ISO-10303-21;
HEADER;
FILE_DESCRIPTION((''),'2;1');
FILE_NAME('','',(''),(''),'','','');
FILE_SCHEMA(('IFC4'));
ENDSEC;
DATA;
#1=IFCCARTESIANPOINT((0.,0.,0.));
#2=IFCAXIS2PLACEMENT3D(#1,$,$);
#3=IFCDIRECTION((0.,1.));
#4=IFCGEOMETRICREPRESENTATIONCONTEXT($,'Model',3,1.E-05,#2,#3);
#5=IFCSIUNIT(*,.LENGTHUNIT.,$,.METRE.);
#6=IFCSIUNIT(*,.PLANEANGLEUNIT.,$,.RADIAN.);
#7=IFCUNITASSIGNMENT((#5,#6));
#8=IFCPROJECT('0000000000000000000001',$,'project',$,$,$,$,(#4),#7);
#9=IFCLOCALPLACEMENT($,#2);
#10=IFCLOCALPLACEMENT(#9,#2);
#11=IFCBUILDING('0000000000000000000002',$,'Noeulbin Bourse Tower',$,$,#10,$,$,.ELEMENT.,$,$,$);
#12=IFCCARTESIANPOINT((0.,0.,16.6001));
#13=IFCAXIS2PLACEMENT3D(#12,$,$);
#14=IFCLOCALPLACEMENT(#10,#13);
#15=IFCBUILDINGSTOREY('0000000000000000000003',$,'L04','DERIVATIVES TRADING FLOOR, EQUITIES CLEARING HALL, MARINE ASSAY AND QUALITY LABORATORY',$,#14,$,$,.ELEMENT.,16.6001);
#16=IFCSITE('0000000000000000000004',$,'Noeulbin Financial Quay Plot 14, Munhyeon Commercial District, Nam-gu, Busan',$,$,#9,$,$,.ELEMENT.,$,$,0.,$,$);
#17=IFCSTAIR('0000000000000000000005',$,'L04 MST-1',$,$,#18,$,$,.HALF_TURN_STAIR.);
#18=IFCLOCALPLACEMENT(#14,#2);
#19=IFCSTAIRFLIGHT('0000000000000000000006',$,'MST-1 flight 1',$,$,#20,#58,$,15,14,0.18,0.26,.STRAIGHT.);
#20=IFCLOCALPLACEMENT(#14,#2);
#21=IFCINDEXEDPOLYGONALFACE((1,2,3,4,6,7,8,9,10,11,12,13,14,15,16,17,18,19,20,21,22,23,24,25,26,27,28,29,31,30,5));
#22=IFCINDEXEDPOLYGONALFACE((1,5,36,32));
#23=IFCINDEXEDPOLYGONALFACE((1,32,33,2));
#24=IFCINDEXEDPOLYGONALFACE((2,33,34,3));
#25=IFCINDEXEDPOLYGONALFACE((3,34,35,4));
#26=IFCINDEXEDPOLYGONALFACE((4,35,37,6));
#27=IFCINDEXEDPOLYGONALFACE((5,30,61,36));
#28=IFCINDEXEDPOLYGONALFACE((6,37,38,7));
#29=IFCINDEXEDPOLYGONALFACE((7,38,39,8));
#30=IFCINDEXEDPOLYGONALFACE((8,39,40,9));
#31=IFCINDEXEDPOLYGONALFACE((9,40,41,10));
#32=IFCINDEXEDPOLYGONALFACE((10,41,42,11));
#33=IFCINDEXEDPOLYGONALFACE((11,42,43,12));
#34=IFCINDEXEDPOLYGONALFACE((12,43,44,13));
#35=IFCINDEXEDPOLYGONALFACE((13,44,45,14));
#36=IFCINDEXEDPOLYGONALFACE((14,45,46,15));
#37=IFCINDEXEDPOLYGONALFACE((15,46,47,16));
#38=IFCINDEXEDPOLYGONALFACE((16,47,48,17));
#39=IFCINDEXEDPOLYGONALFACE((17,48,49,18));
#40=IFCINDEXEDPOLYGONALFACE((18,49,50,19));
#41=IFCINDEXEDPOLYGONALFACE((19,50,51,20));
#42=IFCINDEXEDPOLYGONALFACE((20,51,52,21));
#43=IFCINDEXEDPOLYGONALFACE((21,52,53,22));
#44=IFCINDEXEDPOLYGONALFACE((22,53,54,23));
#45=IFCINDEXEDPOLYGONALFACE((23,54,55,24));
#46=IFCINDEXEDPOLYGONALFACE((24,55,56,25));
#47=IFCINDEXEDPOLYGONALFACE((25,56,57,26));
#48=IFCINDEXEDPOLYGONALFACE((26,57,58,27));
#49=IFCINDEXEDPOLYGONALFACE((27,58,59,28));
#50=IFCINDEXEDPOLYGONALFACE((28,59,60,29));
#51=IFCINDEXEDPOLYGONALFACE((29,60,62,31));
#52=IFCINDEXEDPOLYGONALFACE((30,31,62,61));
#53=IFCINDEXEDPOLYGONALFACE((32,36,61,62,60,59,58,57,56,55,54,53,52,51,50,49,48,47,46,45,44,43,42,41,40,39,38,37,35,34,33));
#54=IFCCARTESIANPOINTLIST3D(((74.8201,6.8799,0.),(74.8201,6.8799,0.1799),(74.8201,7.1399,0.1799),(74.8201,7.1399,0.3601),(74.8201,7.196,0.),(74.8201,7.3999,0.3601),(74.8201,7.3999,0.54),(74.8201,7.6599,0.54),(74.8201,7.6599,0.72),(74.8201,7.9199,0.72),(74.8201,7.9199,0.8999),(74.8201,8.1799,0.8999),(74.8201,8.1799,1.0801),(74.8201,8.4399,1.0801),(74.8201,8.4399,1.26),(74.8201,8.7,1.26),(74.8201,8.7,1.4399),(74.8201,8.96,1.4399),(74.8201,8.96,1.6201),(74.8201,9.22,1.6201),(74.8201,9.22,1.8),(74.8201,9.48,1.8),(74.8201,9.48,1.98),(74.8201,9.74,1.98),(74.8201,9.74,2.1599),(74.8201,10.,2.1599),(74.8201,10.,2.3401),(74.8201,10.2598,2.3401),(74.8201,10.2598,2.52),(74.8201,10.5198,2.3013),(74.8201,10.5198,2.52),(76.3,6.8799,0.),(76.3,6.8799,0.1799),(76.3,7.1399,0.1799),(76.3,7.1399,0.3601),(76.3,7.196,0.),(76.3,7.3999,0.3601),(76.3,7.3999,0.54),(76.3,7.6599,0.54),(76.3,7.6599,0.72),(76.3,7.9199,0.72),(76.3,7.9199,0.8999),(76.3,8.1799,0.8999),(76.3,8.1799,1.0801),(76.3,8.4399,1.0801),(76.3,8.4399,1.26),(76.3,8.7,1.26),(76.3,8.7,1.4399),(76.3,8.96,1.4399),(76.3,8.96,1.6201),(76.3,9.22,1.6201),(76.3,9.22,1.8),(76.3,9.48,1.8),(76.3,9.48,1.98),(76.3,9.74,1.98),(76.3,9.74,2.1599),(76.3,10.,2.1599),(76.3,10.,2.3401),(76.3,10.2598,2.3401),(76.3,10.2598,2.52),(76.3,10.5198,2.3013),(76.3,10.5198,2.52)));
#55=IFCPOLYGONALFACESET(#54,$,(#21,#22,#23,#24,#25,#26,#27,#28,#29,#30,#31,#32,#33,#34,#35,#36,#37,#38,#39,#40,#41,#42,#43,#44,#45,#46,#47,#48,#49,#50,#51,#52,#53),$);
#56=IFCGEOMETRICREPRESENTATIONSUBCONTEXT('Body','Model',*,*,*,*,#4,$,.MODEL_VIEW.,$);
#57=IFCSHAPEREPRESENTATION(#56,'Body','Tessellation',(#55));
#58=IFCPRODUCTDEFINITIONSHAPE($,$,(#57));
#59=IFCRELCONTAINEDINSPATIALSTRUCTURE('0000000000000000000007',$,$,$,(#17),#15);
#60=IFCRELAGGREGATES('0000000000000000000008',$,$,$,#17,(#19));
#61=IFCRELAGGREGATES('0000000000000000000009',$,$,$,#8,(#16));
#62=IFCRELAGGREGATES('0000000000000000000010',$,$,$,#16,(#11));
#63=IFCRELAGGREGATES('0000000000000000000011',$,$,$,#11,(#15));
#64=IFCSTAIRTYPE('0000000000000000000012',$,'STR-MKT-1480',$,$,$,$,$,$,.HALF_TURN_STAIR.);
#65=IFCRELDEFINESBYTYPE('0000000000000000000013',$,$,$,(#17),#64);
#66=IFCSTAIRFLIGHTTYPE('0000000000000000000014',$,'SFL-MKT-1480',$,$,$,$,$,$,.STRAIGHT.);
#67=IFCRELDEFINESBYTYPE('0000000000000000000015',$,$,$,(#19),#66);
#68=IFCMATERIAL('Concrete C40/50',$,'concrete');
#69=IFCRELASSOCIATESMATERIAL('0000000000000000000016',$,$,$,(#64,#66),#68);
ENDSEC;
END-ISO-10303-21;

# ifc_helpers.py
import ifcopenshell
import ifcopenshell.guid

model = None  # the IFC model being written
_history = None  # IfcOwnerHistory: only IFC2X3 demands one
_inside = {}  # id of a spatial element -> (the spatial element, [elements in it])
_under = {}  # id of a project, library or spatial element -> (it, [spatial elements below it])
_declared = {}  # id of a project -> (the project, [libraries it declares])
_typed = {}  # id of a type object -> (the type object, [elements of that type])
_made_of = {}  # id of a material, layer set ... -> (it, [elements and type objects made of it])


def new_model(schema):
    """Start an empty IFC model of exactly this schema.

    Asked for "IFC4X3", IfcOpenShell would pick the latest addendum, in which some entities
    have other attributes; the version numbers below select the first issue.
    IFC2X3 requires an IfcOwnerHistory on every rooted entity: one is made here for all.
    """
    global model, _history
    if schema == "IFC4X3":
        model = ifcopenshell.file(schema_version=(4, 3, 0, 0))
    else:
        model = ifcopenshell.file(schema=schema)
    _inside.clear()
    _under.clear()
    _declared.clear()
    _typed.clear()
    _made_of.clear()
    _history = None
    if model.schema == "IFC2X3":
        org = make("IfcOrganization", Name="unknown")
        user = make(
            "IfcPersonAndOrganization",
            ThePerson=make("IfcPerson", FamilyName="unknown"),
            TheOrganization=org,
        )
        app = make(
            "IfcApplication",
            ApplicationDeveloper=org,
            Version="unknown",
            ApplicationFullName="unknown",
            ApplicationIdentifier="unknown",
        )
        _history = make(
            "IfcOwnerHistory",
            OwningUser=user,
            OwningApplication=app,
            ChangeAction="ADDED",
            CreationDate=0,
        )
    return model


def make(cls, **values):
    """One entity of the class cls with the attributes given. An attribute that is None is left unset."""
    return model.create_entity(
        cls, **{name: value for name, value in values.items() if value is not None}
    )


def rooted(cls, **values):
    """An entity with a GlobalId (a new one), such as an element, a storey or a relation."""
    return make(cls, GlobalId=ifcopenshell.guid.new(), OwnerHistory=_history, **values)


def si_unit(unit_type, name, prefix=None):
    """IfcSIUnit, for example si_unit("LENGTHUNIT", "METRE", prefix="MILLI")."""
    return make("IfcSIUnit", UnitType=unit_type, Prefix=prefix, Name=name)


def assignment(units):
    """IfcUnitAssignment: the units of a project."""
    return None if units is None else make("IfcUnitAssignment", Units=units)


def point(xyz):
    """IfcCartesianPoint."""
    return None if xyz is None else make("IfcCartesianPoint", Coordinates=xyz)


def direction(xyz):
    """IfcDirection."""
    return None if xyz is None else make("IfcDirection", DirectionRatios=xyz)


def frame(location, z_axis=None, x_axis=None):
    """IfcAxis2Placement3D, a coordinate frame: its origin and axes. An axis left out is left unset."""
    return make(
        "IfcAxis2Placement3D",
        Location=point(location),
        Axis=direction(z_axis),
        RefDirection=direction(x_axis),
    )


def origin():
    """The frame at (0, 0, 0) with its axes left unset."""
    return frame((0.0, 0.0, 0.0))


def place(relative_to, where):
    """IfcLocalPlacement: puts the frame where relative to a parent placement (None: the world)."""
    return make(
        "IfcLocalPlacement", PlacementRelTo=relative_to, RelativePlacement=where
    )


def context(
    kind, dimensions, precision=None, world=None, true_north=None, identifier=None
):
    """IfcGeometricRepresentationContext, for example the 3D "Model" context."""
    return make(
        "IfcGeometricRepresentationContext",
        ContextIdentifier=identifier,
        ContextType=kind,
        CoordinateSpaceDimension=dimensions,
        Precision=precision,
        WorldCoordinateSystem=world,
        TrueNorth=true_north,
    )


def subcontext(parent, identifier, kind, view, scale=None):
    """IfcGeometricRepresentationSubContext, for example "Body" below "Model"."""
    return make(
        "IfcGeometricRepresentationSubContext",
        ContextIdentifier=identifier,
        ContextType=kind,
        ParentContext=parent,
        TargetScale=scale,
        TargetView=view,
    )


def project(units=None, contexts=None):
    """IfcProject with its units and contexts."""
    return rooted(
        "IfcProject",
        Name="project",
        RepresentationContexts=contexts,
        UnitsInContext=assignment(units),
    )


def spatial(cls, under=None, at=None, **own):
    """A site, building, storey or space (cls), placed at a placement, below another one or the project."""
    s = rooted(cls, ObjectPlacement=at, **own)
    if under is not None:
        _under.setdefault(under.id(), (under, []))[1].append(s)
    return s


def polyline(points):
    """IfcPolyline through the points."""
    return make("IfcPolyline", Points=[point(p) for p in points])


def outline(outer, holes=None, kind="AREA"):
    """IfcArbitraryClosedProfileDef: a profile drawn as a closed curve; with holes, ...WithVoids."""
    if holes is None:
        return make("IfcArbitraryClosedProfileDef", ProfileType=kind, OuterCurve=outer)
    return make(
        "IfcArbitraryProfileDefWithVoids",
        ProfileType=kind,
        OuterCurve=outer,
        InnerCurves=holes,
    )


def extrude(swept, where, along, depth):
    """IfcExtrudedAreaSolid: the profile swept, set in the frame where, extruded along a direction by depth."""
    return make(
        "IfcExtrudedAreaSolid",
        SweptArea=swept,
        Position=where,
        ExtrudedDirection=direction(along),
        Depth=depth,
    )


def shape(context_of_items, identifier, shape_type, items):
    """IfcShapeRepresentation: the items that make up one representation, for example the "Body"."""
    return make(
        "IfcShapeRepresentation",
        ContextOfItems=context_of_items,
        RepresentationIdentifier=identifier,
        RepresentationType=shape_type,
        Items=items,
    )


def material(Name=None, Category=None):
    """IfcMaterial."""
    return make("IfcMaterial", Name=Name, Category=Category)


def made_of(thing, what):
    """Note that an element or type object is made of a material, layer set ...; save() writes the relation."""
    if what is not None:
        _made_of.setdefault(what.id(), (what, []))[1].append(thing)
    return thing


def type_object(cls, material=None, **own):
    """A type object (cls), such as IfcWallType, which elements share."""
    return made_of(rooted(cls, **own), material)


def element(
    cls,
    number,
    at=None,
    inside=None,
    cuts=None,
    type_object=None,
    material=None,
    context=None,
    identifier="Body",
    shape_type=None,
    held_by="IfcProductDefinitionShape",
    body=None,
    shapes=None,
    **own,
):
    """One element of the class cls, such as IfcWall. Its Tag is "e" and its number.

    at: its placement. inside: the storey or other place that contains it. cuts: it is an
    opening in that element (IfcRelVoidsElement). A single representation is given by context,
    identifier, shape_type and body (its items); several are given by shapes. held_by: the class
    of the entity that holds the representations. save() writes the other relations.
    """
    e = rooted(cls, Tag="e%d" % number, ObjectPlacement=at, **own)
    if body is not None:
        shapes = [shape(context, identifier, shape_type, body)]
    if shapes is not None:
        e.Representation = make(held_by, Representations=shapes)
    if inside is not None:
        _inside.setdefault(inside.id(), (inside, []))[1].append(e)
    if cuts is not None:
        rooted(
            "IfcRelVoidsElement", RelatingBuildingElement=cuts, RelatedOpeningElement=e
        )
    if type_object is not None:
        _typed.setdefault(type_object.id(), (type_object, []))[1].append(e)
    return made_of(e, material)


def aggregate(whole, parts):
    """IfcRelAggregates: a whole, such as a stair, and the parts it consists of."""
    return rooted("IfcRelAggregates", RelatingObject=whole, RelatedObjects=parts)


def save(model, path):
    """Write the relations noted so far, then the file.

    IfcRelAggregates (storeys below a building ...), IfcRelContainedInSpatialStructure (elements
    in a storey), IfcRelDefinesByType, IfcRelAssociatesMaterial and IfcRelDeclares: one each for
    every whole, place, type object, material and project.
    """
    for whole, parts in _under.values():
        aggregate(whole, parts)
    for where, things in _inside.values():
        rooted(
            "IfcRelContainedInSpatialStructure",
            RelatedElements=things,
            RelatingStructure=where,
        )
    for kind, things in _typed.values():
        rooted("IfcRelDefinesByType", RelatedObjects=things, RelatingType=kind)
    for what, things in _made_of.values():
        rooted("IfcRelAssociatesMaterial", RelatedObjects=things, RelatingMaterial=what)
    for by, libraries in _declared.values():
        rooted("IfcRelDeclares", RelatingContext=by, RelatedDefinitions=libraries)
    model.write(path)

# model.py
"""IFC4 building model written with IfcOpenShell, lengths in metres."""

from ifc_helpers import new_model, si_unit, direction, frame, origin, place, context, subcontext, project, spatial, polyline, outline, extrude, material, type_object, element, aggregate, save


model = new_model("IFC4")

# Units and contexts
model_context = context("Model", 3, precision=1e-05, world=origin(), true_north=direction((0.0, 1.0)))
body_context = subcontext(model_context, "Body", "Model", "MODEL_VIEW")
ifc_project = project(units=[si_unit("LENGTHUNIT", "METRE"), si_unit("PLANEANGLEUNIT", "RADIAN")], contexts=[model_context])

# Site, building, storey
site_placement = place(None, origin())
site = spatial("IfcSite", under=ifc_project, at=site_placement, Name="Noeulbin Financial Quay Plot 14, Munhyeon Commercial District, Nam-gu, Busan", CompositionType="ELEMENT", RefElevation=0.0)
building_placement = place(site_placement, origin())
building = spatial("IfcBuilding", under=site, at=building_placement, Name="Noeulbin Bourse Tower", CompositionType="ELEMENT")
storey_placement = place(building_placement, frame((0.0, 0.0, 16.6001)))
storey = spatial("IfcBuildingStorey", under=building, at=storey_placement, Name="L04", Description="DERIVATIVES TRADING FLOOR, EQUITIES CLEARING HALL, MARINE ASSAY AND QUALITY LABORATORY", CompositionType="ELEMENT", Elevation=16.6001)

# Shared definitions
ifc_material_1 = material(Name="Concrete C40/50", Category="concrete")

# Stair, stair flight
stair_type = type_object("IfcStairType", Name="STR-MKT-1480", PredefinedType="HALF_TURN_STAIR", material=ifc_material_1)
stair_placement = place(storey_placement, origin())
stair = element("IfcStair", 1, at=stair_placement, inside=storey, type_object=stair_type, Name="L04 MST-1", PredefinedType="HALF_TURN_STAIR")
stair_flight_type = type_object("IfcStairFlightType", Name="SFL-MKT-1480", PredefinedType="STRAIGHT", material=ifc_material_1)
stair_flight_placement = place(storey_placement, frame((75.5601, 6.8799, 0.0), z_axis=(0.0, 0.0, 1.0), x_axis=(0.0, 1.0, 0.0)))
stair_flight = element("IfcStairFlight", 2, at=stair_flight_placement, type_object=stair_flight_type, Name="MST-1 flight 1", NumberOfRisers=15, NumberOfTreads=14, PredefinedType="STRAIGHT", RiserHeight=0.18, TreadLength=0.26, context=body_context, shape_type="SweptSolid", body=[
    extrude(outline(polyline([(0.0, 0.0), (0.0, 0.1799), (0.26, 0.1799), (0.26, 0.3601), (0.52, 0.3601), (0.52, 0.54), (0.78, 0.54), (0.78, 0.72), (1.04, 0.72), (1.04, 0.8999), (1.3, 0.8999), (1.3, 1.0801), (1.5601, 1.0801), (1.5601, 1.26), (1.8201, 1.26), (1.8201, 1.4399), (2.0801, 1.4399), (2.0801, 1.6201), (2.3401, 1.6201), (2.3401, 1.8), (2.6001, 1.8), (2.6001, 1.98), (2.8601, 1.98), (2.8601, 2.1599), (3.1201, 2.1599), (3.1201, 2.3401), (3.3799, 2.3401), (3.3799, 2.52), (3.6399, 2.52), (3.6399, 2.7), (3.6399, 2.3013), (0.3162, 0.0), (0.0, 0.0)])), frame((0.0, 0.74, 0.0), z_axis=(0.0, -1.0, 0.0), x_axis=(1.0, 0.0, 0.0)), (0.0, 0.0, 1.0), 1.48),
])
aggregate(stair, [stair_flight])

save(model, "model.ifc")
